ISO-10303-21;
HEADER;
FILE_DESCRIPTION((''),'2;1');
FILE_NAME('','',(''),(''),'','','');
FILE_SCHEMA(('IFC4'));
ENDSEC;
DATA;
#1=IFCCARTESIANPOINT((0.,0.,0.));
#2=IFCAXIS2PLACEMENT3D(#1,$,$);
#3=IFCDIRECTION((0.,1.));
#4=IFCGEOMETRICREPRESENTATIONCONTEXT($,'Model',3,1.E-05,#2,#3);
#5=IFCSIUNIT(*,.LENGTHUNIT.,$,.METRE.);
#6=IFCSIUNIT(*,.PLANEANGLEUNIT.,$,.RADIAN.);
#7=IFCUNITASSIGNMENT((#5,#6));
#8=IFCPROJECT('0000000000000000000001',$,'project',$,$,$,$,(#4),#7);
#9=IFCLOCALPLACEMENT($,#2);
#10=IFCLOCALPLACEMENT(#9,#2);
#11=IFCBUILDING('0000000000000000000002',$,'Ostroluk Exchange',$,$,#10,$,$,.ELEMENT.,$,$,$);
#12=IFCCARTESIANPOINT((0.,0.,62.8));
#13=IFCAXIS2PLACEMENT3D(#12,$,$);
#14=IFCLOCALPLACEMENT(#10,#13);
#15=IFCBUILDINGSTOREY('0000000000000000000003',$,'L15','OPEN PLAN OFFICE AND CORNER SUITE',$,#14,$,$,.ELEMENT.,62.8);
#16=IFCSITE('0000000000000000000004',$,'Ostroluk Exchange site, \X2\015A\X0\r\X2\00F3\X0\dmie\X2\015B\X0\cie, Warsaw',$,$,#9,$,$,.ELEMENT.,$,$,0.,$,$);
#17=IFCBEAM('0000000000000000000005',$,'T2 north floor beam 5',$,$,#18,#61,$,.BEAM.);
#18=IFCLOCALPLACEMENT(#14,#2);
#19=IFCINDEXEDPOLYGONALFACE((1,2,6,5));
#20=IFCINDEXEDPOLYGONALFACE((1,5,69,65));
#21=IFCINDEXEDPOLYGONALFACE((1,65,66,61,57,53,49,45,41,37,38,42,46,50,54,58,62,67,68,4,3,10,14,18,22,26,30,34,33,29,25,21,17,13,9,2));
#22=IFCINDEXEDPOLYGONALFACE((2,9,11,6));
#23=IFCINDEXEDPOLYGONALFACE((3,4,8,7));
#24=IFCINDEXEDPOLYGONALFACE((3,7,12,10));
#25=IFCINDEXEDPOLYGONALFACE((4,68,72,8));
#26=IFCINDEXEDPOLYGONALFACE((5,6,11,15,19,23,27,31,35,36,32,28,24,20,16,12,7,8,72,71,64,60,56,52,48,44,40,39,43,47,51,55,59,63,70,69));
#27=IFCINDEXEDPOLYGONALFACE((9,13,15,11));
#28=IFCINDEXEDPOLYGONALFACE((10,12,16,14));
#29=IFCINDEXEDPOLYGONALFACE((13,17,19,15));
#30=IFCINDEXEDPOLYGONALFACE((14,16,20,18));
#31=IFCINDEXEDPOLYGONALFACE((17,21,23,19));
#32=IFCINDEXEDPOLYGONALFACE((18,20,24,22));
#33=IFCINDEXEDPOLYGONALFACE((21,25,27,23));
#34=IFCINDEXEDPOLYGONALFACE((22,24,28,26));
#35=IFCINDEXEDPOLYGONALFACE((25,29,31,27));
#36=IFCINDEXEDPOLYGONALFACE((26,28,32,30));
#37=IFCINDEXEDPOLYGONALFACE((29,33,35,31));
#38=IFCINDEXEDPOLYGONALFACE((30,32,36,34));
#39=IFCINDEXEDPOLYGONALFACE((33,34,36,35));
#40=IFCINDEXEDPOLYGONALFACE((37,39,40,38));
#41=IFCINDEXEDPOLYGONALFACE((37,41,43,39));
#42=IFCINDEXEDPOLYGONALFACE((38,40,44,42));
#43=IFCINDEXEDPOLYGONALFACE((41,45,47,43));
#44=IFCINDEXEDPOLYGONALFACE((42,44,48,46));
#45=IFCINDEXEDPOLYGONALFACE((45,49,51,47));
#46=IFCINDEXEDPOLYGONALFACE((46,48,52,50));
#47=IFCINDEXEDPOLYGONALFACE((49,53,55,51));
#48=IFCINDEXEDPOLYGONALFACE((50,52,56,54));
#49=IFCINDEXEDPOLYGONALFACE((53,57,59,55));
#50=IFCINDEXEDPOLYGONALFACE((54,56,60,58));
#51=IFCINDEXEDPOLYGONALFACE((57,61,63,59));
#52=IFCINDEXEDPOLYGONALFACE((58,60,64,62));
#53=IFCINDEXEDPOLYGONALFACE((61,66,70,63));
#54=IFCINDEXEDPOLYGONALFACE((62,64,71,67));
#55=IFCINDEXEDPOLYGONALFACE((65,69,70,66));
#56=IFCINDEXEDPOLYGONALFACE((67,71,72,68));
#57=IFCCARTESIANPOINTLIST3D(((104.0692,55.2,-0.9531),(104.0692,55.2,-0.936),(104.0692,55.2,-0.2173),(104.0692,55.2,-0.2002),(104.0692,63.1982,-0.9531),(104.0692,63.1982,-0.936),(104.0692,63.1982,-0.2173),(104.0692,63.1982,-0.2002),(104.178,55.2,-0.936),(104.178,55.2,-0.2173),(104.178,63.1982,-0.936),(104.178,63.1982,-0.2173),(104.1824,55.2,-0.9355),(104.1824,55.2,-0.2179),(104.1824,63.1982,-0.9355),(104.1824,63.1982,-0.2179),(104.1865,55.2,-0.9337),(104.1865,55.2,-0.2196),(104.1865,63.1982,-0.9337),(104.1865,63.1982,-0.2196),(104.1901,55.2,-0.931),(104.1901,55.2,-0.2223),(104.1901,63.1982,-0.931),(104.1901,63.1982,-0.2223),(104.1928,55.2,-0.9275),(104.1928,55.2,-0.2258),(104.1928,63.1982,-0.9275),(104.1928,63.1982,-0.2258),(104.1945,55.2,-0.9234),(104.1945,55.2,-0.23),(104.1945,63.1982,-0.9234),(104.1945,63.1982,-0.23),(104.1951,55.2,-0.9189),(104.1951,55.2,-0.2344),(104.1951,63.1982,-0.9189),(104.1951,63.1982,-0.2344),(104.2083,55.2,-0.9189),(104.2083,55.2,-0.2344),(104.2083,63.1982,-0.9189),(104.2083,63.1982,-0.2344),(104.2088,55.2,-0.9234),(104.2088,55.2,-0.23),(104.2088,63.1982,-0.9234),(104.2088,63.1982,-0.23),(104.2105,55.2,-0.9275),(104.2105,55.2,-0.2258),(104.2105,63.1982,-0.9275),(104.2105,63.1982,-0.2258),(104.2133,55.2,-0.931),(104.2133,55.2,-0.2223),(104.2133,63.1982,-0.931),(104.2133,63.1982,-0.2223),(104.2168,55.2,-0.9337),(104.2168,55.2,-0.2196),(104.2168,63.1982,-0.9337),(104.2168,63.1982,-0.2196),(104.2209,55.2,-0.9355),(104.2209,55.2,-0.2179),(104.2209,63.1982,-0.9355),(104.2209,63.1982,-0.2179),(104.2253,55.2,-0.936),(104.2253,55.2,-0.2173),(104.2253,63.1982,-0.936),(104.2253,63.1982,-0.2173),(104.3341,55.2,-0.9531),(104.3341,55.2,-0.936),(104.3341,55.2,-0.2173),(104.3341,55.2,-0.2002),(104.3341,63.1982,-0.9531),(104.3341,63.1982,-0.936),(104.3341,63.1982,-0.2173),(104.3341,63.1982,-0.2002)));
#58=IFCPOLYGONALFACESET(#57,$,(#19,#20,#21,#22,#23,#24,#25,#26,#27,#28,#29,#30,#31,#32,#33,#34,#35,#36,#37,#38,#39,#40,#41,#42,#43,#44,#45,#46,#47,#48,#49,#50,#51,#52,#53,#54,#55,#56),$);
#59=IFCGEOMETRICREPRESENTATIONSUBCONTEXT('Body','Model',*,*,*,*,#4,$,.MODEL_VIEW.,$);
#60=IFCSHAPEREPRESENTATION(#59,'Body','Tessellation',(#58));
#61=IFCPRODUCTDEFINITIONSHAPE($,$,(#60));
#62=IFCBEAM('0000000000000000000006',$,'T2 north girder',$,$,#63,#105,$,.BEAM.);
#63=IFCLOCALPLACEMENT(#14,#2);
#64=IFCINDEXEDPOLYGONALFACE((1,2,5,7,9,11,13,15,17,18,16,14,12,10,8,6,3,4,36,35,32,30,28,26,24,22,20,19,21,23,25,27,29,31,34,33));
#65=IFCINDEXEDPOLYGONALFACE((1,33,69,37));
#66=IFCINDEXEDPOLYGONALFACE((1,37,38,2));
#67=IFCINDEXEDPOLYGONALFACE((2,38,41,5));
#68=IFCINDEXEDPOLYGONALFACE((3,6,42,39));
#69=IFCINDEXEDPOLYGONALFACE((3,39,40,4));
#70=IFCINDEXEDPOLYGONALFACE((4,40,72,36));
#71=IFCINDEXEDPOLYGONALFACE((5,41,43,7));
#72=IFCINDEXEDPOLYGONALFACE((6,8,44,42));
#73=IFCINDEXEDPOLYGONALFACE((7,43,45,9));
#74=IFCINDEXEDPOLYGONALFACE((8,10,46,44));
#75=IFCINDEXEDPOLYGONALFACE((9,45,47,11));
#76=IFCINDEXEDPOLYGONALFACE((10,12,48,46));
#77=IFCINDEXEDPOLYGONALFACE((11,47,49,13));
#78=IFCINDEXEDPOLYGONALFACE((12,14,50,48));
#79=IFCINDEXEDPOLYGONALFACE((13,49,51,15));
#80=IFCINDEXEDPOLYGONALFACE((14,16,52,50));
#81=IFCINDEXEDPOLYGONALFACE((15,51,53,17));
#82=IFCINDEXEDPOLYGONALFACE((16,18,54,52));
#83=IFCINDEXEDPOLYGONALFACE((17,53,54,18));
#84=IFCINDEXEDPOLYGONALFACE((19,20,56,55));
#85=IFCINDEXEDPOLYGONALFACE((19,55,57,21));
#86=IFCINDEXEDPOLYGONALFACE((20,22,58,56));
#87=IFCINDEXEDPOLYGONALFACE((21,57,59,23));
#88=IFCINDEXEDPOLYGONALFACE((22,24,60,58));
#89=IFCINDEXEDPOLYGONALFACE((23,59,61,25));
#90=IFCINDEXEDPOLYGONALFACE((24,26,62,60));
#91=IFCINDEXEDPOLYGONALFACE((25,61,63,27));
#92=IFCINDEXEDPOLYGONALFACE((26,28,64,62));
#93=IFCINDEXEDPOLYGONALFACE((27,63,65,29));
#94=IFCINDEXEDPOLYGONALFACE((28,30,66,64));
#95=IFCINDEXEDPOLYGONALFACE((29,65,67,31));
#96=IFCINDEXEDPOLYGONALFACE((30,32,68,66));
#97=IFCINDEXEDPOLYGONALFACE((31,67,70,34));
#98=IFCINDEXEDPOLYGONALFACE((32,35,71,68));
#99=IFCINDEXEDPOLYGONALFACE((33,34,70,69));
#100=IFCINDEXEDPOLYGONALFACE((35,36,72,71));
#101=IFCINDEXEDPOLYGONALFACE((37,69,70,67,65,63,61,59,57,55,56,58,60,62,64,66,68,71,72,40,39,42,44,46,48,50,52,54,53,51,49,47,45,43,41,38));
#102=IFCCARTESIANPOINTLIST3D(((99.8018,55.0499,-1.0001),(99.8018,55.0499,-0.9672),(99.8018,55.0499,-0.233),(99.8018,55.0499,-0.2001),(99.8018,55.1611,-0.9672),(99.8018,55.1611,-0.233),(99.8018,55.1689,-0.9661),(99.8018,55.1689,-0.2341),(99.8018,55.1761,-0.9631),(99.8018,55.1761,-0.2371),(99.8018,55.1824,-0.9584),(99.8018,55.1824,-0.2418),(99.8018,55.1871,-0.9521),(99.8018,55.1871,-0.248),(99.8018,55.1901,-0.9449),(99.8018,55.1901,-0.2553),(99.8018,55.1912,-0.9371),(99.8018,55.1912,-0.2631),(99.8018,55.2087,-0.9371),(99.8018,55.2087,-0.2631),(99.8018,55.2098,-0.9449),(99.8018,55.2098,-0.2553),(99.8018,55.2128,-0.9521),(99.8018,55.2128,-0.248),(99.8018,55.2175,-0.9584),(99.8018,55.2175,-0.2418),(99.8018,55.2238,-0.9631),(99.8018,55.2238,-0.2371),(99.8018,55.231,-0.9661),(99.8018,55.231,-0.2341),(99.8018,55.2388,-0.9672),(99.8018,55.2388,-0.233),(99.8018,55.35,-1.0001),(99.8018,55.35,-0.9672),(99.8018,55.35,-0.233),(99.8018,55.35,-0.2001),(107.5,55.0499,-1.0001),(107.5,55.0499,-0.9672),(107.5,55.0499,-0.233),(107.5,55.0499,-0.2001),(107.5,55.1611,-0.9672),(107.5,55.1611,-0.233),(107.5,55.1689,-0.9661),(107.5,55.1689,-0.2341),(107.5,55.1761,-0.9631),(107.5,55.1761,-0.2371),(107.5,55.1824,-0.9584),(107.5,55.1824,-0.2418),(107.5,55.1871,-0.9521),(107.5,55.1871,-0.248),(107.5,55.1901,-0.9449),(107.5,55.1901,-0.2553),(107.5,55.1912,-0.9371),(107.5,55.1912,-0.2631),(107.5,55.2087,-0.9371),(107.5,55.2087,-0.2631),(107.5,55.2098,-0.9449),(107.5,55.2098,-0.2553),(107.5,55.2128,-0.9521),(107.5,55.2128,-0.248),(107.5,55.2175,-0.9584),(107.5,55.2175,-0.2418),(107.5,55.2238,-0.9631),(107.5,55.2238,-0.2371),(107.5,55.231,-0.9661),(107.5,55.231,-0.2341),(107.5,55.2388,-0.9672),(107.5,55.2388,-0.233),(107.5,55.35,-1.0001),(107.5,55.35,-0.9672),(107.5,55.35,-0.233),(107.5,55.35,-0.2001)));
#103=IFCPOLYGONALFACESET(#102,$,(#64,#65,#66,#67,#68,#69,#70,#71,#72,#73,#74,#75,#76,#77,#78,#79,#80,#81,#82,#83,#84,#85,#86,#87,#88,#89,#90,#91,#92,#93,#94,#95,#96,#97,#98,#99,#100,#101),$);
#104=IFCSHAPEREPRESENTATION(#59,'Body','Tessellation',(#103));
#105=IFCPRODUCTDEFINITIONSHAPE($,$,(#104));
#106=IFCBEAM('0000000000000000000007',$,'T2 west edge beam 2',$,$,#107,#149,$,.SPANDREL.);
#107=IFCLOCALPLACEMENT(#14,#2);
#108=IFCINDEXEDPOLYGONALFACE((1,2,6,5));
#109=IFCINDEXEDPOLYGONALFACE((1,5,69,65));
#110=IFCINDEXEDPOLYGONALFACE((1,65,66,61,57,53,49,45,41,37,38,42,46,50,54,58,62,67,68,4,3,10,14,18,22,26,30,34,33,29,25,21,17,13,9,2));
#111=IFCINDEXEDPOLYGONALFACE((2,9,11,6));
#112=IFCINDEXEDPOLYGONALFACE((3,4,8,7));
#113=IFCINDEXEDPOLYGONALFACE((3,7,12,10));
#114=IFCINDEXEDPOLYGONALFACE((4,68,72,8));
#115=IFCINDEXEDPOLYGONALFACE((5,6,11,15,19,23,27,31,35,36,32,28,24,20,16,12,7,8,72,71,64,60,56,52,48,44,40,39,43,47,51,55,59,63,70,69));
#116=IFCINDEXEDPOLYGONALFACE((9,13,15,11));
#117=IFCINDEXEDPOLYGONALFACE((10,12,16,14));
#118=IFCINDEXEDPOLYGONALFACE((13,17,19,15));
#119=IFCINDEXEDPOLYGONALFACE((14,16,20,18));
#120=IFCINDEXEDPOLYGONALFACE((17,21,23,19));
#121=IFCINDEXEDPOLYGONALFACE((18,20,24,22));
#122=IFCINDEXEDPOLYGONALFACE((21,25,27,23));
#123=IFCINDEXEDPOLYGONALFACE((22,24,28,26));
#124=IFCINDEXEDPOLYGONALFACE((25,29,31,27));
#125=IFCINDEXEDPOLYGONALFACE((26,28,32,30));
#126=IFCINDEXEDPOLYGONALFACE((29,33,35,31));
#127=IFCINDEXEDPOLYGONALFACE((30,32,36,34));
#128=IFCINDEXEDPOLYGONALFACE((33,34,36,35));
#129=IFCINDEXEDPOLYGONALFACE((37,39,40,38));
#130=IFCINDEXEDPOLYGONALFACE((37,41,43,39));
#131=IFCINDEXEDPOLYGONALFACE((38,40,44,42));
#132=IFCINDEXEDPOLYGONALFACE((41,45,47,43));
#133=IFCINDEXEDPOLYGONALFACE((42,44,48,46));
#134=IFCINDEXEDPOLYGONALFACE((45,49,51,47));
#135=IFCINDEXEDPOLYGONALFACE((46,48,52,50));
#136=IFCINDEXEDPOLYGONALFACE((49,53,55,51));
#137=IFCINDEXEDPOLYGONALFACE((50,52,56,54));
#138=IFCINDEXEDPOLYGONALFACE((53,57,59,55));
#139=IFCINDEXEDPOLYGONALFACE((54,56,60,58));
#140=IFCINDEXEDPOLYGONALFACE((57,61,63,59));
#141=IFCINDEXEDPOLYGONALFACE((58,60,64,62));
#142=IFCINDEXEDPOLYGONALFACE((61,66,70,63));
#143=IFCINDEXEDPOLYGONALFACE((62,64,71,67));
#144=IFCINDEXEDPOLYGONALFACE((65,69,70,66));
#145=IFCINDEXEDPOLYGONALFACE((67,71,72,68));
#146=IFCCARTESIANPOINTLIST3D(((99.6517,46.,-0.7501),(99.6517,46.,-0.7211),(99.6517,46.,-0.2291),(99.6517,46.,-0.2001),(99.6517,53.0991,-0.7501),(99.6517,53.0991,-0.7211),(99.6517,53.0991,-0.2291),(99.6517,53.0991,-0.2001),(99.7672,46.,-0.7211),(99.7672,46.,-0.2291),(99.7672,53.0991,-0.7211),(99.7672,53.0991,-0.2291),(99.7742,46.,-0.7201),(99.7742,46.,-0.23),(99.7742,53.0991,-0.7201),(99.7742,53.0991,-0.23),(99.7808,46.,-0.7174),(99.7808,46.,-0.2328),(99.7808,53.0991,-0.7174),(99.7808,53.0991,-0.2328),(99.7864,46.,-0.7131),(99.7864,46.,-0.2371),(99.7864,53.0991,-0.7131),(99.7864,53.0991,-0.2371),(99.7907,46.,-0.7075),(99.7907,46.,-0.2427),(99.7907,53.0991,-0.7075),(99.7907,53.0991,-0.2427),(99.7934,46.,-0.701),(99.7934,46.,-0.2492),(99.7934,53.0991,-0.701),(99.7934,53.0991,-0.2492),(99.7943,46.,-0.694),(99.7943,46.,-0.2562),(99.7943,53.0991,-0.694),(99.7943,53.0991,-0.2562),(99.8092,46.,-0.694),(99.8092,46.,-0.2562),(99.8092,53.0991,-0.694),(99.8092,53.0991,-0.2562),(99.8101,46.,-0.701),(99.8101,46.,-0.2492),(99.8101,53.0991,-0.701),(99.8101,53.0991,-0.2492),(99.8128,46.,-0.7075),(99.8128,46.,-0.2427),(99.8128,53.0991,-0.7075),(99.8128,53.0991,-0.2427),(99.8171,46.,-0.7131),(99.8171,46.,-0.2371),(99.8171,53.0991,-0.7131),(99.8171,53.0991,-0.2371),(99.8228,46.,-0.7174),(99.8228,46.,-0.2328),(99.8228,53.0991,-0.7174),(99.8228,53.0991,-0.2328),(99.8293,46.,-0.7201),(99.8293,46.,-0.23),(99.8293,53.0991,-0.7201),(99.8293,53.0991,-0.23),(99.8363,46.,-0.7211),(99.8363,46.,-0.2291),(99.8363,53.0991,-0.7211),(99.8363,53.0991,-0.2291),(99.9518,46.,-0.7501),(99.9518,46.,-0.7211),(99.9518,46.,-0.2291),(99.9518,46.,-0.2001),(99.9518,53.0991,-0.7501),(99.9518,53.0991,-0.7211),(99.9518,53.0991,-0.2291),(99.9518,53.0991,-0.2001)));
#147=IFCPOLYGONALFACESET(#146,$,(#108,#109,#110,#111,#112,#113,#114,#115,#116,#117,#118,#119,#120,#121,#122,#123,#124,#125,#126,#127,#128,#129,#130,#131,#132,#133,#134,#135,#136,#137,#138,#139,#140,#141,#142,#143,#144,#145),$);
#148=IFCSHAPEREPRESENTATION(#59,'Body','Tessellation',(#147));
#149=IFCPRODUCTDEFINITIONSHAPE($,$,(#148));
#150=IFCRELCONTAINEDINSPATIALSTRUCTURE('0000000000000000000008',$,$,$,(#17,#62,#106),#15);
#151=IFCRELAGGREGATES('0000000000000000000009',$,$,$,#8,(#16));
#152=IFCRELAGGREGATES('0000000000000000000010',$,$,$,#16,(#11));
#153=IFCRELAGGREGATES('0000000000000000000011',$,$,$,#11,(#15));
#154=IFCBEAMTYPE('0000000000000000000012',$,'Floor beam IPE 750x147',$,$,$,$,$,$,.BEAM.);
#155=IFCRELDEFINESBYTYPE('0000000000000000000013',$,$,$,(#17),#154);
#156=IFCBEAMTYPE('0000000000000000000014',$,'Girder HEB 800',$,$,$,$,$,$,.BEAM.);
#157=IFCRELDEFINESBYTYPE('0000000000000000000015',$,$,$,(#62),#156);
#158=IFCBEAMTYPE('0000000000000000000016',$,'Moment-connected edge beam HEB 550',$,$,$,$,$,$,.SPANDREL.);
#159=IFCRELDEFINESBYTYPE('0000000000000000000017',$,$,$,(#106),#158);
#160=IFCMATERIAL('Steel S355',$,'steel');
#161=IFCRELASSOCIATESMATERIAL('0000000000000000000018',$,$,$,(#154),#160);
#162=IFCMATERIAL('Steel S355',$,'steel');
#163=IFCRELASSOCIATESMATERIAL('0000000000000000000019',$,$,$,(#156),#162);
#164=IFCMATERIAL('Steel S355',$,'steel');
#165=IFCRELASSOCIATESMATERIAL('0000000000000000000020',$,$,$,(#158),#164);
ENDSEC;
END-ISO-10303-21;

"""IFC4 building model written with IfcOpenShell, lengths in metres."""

from ifc_helpers import new_model, si_unit, direction, frame, origin, origin_2d, place, context, subcontext, project, spatial, i_section, extrude, material, material_profile, profile_set, type_object, element, save


model = new_model("IFC4")

# Units and contexts
model_context = context("Model", 3, precision=1e-05, world=origin(), true_north=direction((0.0, 1.0)))
body_context = subcontext(model_context, "Body", "Model", "MODEL_VIEW")
ifc_project = project(units=[si_unit("LENGTHUNIT", "METRE"), si_unit("PLANEANGLEUNIT", "RADIAN")], contexts=[model_context])

# Site, building, storey
site_placement = place(None, origin())
site = spatial("IfcSite", under=ifc_project, at=site_placement, Name="Ostroluk Exchange site, Śródmieście, Warsaw", CompositionType="ELEMENT", RefElevation=0.0)
building_placement = place(site_placement, origin())
building = spatial("IfcBuilding", under=site, at=building_placement, Name="Ostroluk Exchange", CompositionType="ELEMENT")
storey_placement = place(building_placement, frame((0.0, 0.0, 62.8)))
storey = spatial("IfcBuildingStorey", under=building, at=storey_placement, Name="L15", Description="OPEN PLAN OFFICE AND CORNER SUITE", CompositionType="ELEMENT", Elevation=62.8)

# Beams
ifc_material_1 = material(Name="Steel S355", Category="steel")
ifc_material_profile_1 = material_profile(ifc_material_1, i_section(OverallWidth=0.2649, OverallDepth=0.7529, WebThickness=0.0132, FlangeThickness=0.0171, FilletRadius=0.0171, at=origin_2d()), Name="IPE 750x147")
ifc_profile_set_1 = profile_set([ifc_material_profile_1], Name="Steel S355")
beam_type_1 = type_object("IfcBeamType", Name="Floor beam IPE 750x147", PredefinedType="BEAM", material=ifc_profile_set_1)
beam_1_placement = place(storey_placement, frame((104.2017, 55.2, -0.5767), z_axis=(0.0, 1.0, 0.0), x_axis=(-1.0, 0.0, 0.0)))
element("IfcBeam", 1, at=beam_1_placement, inside=storey, type_object=beam_type_1, Name="T2 north floor beam 5", PredefinedType="BEAM", context=body_context, shape_type="SweptSolid", body=[
    extrude(i_section(OverallWidth=0.2649, OverallDepth=0.7529, WebThickness=0.0132, FlangeThickness=0.0171, FilletRadius=0.0171, at=origin_2d()), origin(), (0.0, 0.0, 1.0), 7.9983),
])
ifc_material_2 = material(Name="Steel S355", Category="steel")
ifc_material_profile_2 = material_profile(ifc_material_2, i_section(OverallWidth=0.3, OverallDepth=0.8, WebThickness=0.0176, FlangeThickness=0.033, FilletRadius=0.03, at=origin_2d()), Name="HEB 800")
ifc_profile_set_2 = profile_set([ifc_material_profile_2], Name="Steel S355")
beam_type_2 = type_object("IfcBeamType", Name="Girder HEB 800", PredefinedType="BEAM", material=ifc_profile_set_2)
beam_2_placement = place(storey_placement, frame((107.5, 55.2, -0.6001), z_axis=(-1.0, 0.0, 0.0), x_axis=(0.0, -1.0, 0.0)))
element("IfcBeam", 2, at=beam_2_placement, inside=storey, type_object=beam_type_2, Name="T2 north girder", PredefinedType="BEAM", context=body_context, shape_type="SweptSolid", body=[
    extrude(i_section(OverallWidth=0.3, OverallDepth=0.8, WebThickness=0.0176, FlangeThickness=0.033, FilletRadius=0.03, at=origin_2d()), origin(), (0.0, 0.0, 1.0), 7.6982),
])
ifc_material_3 = material(Name="Steel S355", Category="steel")
ifc_material_profile_3 = material_profile(ifc_material_3, i_section(OverallWidth=0.3, OverallDepth=0.55, WebThickness=0.0149, FlangeThickness=0.0291, FilletRadius=0.0271, at=origin_2d()), Name="HEB 550")
ifc_profile_set_3 = profile_set([ifc_material_profile_3], Name="Steel S355")
beam_type_3 = type_object("IfcBeamType", Name="Moment-connected edge beam HEB 550", PredefinedType="SPANDREL", material=ifc_profile_set_3)
beam_3_placement = place(storey_placement, frame((99.8018, 53.0991, -0.4751), z_axis=(0.0, -1.0, 0.0), x_axis=(1.0, 0.0, 0.0)))
element("IfcBeam", 3, at=beam_3_placement, inside=storey, type_object=beam_type_3, Name="T2 west edge beam 2", PredefinedType="SPANDREL", context=body_context, shape_type="SweptSolid", body=[
    extrude(i_section(OverallWidth=0.3, OverallDepth=0.55, WebThickness=0.0149, FlangeThickness=0.0291, FilletRadius=0.0271, at=origin_2d()), origin(), (0.0, 0.0, 1.0), 7.0991),
])

save(model, "model.ifc")
